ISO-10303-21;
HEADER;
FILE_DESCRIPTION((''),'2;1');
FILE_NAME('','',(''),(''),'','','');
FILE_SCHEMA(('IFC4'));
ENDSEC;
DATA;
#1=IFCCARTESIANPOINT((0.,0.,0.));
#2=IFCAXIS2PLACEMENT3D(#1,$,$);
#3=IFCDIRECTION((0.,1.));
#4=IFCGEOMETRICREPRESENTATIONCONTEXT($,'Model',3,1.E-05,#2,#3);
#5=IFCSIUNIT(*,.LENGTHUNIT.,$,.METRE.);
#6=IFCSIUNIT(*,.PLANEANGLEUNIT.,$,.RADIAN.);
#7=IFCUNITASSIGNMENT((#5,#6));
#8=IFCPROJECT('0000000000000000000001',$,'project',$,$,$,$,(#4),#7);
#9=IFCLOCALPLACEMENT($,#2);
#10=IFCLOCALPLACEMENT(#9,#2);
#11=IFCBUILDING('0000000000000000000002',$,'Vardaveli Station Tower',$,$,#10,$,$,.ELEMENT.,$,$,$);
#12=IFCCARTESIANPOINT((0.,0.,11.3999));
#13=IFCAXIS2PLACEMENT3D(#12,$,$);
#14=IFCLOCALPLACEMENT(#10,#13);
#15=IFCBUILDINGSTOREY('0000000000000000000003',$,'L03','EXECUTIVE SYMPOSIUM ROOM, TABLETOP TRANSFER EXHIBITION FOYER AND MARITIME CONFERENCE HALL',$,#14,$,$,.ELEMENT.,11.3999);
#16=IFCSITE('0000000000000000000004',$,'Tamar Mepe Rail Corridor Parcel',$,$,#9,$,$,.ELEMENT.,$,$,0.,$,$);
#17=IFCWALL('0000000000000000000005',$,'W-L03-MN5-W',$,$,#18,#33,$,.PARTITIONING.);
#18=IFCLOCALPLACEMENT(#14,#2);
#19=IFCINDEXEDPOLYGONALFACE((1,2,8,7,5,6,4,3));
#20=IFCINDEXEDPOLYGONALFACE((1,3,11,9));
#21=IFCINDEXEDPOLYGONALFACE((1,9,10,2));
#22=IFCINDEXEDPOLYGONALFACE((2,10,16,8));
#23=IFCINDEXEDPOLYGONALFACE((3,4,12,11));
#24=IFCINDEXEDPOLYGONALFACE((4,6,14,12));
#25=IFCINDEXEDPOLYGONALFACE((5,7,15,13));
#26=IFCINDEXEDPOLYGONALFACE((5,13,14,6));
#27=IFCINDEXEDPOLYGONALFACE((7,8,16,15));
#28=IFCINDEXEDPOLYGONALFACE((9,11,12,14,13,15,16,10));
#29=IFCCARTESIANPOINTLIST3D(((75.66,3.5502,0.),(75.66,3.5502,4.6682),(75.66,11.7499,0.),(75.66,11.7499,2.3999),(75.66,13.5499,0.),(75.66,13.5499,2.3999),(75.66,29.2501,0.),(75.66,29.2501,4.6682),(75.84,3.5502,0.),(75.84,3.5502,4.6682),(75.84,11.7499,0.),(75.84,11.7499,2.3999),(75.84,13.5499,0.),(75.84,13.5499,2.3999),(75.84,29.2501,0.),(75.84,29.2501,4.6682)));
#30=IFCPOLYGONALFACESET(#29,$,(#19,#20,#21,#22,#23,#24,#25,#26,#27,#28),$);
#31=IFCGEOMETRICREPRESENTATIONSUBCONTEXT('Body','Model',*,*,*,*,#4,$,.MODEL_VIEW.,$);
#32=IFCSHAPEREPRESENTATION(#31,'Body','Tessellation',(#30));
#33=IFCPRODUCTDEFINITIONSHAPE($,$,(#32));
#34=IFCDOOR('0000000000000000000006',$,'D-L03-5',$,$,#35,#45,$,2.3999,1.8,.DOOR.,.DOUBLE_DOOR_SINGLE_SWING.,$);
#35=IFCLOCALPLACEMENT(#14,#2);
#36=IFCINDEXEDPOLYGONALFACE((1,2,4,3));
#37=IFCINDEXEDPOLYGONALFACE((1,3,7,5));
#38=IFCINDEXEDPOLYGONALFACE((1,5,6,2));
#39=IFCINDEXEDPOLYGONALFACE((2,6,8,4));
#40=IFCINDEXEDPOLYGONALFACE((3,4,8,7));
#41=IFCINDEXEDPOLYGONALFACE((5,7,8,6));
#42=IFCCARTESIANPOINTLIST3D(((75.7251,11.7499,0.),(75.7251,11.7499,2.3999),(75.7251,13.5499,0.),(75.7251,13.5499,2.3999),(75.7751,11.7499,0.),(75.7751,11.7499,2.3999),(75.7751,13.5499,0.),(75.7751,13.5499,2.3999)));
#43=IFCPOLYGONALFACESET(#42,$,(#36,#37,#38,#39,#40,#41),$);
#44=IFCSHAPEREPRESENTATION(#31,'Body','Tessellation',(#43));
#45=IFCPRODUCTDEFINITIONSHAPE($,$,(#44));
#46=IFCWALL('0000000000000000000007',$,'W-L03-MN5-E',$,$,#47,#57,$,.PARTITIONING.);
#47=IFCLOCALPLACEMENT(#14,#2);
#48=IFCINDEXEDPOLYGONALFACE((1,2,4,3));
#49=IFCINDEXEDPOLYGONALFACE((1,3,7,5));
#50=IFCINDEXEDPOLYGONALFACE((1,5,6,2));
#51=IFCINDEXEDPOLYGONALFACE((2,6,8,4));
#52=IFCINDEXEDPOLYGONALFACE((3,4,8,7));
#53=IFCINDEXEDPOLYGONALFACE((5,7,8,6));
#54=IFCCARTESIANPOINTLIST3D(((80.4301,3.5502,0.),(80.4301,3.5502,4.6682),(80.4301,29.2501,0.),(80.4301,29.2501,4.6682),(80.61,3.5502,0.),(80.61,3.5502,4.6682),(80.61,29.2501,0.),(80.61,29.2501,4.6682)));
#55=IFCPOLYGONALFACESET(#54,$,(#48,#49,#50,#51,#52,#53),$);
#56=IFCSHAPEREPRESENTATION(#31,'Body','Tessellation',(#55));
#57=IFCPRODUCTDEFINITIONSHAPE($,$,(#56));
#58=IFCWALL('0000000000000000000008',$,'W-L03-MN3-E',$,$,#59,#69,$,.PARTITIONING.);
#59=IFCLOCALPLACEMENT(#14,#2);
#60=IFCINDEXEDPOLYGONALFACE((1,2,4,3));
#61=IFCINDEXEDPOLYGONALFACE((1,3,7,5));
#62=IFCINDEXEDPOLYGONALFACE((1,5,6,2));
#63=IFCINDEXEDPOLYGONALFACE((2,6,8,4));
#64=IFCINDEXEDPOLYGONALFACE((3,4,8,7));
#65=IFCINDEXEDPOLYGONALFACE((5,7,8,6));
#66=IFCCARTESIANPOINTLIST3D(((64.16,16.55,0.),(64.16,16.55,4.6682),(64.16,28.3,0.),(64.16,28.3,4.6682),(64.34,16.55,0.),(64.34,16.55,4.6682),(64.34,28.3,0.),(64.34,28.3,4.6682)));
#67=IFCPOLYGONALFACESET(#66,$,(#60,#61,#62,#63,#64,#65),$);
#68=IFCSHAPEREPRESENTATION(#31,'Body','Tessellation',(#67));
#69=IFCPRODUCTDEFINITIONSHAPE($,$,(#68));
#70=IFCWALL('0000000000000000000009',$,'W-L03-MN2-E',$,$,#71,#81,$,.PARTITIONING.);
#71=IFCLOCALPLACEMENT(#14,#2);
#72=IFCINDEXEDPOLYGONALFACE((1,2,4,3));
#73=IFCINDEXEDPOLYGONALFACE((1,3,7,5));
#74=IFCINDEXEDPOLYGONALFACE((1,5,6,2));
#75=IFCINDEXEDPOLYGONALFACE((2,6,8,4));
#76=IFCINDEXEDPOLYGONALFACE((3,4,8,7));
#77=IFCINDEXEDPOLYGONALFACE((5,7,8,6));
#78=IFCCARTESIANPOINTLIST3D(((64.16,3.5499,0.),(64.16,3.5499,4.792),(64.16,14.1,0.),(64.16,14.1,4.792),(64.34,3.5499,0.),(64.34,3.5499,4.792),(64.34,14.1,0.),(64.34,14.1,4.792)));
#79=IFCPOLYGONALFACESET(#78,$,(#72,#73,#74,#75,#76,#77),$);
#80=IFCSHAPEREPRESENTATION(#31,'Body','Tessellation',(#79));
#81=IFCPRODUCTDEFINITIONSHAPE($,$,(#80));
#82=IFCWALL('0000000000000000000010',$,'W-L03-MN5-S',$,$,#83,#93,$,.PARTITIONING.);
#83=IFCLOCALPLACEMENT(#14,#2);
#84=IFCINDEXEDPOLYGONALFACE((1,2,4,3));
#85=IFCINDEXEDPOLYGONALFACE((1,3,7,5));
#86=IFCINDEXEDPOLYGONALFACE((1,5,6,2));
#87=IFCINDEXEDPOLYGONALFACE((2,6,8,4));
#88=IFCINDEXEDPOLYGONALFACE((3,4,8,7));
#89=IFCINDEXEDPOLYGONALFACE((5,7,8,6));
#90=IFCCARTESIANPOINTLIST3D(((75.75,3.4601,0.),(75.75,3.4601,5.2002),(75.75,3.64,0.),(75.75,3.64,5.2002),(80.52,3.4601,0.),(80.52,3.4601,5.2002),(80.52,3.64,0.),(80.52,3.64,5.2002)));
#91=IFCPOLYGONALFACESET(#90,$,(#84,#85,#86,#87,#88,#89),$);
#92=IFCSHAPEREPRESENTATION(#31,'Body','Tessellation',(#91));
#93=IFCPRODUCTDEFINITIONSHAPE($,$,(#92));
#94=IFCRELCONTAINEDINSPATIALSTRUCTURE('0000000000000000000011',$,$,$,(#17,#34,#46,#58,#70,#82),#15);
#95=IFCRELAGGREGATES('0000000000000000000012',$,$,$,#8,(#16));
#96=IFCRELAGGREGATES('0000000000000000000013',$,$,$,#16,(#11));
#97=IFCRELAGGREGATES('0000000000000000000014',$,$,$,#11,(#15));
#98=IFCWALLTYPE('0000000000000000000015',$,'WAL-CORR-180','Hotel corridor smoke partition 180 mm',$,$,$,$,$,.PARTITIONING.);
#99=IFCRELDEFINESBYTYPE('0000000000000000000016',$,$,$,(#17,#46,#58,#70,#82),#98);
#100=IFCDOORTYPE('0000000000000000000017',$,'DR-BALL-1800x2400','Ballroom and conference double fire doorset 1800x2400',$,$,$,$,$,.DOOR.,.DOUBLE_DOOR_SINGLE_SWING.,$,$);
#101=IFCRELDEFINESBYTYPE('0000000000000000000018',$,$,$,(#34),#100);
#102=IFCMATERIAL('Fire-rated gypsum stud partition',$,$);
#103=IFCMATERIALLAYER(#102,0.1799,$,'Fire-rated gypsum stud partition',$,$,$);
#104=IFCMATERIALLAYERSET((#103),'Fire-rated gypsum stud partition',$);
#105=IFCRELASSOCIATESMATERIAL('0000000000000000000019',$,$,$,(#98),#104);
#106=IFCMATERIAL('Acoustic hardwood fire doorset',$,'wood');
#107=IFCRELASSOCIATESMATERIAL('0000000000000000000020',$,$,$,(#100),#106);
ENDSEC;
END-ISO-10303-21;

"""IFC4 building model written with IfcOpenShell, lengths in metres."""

from ifc_helpers import new_model, si_unit, direction, frame, frame_2d, origin, place, context, subcontext, project, spatial, rectangle, extrude, source, transform, mapped, material, layer, layer_set, type_object, element, fill, save


model = new_model("IFC4")

# Units and contexts
model_context = context("Model", 3, precision=1e-05, world=origin(), true_north=direction((0.0, 1.0)))
body_context = subcontext(model_context, "Body", "Model", "MODEL_VIEW")
ifc_project = project(units=[si_unit("LENGTHUNIT", "METRE"), si_unit("PLANEANGLEUNIT", "RADIAN")], contexts=[model_context])

# Site, building, storey
site_placement = place(None, origin())
site = spatial("IfcSite", under=ifc_project, at=site_placement, Name="Tamar Mepe Rail Corridor Parcel", CompositionType="ELEMENT", RefElevation=0.0)
building_placement = place(site_placement, origin())
building = spatial("IfcBuilding", under=site, at=building_placement, Name="Vardaveli Station Tower", CompositionType="ELEMENT")
storey_placement = place(building_placement, frame((0.0, 0.0, 11.3999)))
storey = spatial("IfcBuildingStorey", under=building, at=storey_placement, Name="L03", Description="EXECUTIVE SYMPOSIUM ROOM, TABLETOP TRANSFER EXHIBITION FOYER AND MARITIME CONFERENCE HALL", CompositionType="ELEMENT", Elevation=11.3999)

# Wall, opening, door
ifc_material_1 = material(Name="Fire-rated gypsum stud partition")
ifc_layer_1 = layer(ifc_material_1, 0.1799, Name="Fire-rated gypsum stud partition")
ifc_layer_set_1 = layer_set([ifc_layer_1], Name="Fire-rated gypsum stud partition")
wall_type_1 = type_object("IfcWallType", Name="WAL-CORR-180", Description="Hotel corridor smoke partition 180 mm", PredefinedType="PARTITIONING", material=ifc_layer_set_1)
shared_shape_1 = source(origin(), body_context, "Body", "SweptSolid", [
    extrude(rectangle(XDim=25.7, YDim=0.1799, at=frame_2d((12.8501, 0.0))), origin(), (0.0, 0.0, 1.0), 4.6682),
])
wall_1_placement = place(storey_placement, frame((75.75, 3.55, 0.0), z_axis=(0.0, 0.0, 1.0), x_axis=(0.0, 1.0, 0.0)))
wall_1 = element("IfcWall", 1, at=wall_1_placement, inside=storey, type_object=wall_type_1, Name="W-L03-MN5-W", PredefinedType="PARTITIONING", context=body_context, shape_type="MappedRepresentation", body=[
    mapped(shared_shape_1, transform((0.0, 0.0, 0.0), scale=1.0)),
])
shared_shape_2 = source(origin(), body_context, "Body", "SweptSolid", [
    extrude(rectangle(XDim=1.8, YDim=2.3999, at=frame_2d((0.8999, 1.2))), frame((0.0, 0.1001, 0.0), z_axis=(0.0, -1.0, 0.0), x_axis=(1.0, 0.0, 0.0)), (0.0, 0.0, 1.0), 0.2),
])
opening_1_placement = place(wall_1_placement, frame((8.2, 0.0, 0.0)))
opening_1 = element("IfcOpeningElement", 2, at=opening_1_placement, cuts=wall_1, PredefinedType="OPENING", context=body_context, shape_type="MappedRepresentation", body=[
    mapped(shared_shape_2, transform((0.0, 0.0, 0.0), scale=1.0)),
])
ifc_material_2 = material(Name="Acoustic hardwood fire doorset", Category="wood")
door_type_1 = type_object("IfcDoorType", Name="DR-BALL-1800x2400", Description="Ballroom and conference double fire doorset 1800x2400", OperationType="DOUBLE_DOOR_SINGLE_SWING", PredefinedType="DOOR", material=ifc_material_2)
shared_shape_3 = source(origin(), body_context, "Body", "SweptSolid", [
    extrude(rectangle(XDim=1.8, YDim=2.3999, at=frame_2d((0.8999, 1.2))), frame((0.0, 0.0249, 0.0), z_axis=(0.0, -1.0, 0.0), x_axis=(1.0, 0.0, 0.0)), (0.0, 0.0, 1.0), 0.05),
])
door_1_placement = place(opening_1_placement, origin())
door_1 = element("IfcDoor", 3, at=door_1_placement, inside=storey, type_object=door_type_1, Name="D-L03-5", OperationType="DOUBLE_DOOR_SINGLE_SWING", OverallHeight=2.3999, OverallWidth=1.8, PredefinedType="DOOR", context=body_context, shape_type="MappedRepresentation", body=[
    mapped(shared_shape_3, transform((0.0, 0.0, 0.0), scale=1.0)),
])
fill(opening_1, door_1)

# Walls
wall_2_placement = place(storey_placement, frame((80.52, 3.55, 0.0), z_axis=(0.0, 0.0, 1.0), x_axis=(0.0, 1.0, 0.0)))
element("IfcWall", 4, at=wall_2_placement, inside=storey, type_object=wall_type_1, Name="W-L03-MN5-E", PredefinedType="PARTITIONING", context=body_context, shape_type="MappedRepresentation", body=[
    mapped(shared_shape_1, transform((0.0, 0.0, 0.0), scale=1.0)),
])
shared_shape_4 = source(origin(), body_context, "Body", "SweptSolid", [
    extrude(rectangle(XDim=11.75, YDim=0.1799, at=frame_2d((5.875, 0.0))), origin(), (0.0, 0.0, 1.0), 4.6682),
])
wall_3_placement = place(storey_placement, frame((64.25, 16.55, 0.0), z_axis=(0.0, 0.0, 1.0), x_axis=(0.0, 1.0, 0.0)))
element("IfcWall", 5, at=wall_3_placement, inside=storey, type_object=wall_type_1, Name="W-L03-MN3-E", PredefinedType="PARTITIONING", context=body_context, shape_type="MappedRepresentation", body=[
    mapped(shared_shape_4, transform((0.0, 0.0, 0.0), scale=1.0)),
])
shared_shape_5 = source(origin(), body_context, "Body", "SweptSolid", [
    extrude(rectangle(XDim=10.55, YDim=0.1799, at=frame_2d((5.2749, 0.0))), origin(), (0.0, 0.0, 1.0), 4.792),
])
wall_4_placement = place(storey_placement, frame((64.25, 3.55, 0.0), z_axis=(0.0, 0.0, 1.0), x_axis=(0.0, 1.0, 0.0)))
element("IfcWall", 6, at=wall_4_placement, inside=storey, type_object=wall_type_1, Name="W-L03-MN2-E", PredefinedType="PARTITIONING", context=body_context, shape_type="MappedRepresentation", body=[
    mapped(shared_shape_5, transform((0.0, 0.0, 0.0), scale=1.0)),
])
shared_shape_6 = source(origin(), body_context, "Body", "SweptSolid", [
    extrude(rectangle(XDim=4.77, YDim=0.1799, at=frame_2d((2.385, 0.0))), origin(), (0.0, 0.0, 1.0), 5.2002),
])
wall_5_placement = place(storey_placement, frame((75.75, 3.55, 0.0), z_axis=(0.0, 0.0, 1.0), x_axis=(1.0, 0.0, 0.0)))
element("IfcWall", 7, at=wall_5_placement, inside=storey, type_object=wall_type_1, Name="W-L03-MN5-S", PredefinedType="PARTITIONING", context=body_context, shape_type="MappedRepresentation", body=[
    mapped(shared_shape_6, transform((0.0, 0.0, 0.0), scale=1.0)),
])

save(model, "model.ifc")
